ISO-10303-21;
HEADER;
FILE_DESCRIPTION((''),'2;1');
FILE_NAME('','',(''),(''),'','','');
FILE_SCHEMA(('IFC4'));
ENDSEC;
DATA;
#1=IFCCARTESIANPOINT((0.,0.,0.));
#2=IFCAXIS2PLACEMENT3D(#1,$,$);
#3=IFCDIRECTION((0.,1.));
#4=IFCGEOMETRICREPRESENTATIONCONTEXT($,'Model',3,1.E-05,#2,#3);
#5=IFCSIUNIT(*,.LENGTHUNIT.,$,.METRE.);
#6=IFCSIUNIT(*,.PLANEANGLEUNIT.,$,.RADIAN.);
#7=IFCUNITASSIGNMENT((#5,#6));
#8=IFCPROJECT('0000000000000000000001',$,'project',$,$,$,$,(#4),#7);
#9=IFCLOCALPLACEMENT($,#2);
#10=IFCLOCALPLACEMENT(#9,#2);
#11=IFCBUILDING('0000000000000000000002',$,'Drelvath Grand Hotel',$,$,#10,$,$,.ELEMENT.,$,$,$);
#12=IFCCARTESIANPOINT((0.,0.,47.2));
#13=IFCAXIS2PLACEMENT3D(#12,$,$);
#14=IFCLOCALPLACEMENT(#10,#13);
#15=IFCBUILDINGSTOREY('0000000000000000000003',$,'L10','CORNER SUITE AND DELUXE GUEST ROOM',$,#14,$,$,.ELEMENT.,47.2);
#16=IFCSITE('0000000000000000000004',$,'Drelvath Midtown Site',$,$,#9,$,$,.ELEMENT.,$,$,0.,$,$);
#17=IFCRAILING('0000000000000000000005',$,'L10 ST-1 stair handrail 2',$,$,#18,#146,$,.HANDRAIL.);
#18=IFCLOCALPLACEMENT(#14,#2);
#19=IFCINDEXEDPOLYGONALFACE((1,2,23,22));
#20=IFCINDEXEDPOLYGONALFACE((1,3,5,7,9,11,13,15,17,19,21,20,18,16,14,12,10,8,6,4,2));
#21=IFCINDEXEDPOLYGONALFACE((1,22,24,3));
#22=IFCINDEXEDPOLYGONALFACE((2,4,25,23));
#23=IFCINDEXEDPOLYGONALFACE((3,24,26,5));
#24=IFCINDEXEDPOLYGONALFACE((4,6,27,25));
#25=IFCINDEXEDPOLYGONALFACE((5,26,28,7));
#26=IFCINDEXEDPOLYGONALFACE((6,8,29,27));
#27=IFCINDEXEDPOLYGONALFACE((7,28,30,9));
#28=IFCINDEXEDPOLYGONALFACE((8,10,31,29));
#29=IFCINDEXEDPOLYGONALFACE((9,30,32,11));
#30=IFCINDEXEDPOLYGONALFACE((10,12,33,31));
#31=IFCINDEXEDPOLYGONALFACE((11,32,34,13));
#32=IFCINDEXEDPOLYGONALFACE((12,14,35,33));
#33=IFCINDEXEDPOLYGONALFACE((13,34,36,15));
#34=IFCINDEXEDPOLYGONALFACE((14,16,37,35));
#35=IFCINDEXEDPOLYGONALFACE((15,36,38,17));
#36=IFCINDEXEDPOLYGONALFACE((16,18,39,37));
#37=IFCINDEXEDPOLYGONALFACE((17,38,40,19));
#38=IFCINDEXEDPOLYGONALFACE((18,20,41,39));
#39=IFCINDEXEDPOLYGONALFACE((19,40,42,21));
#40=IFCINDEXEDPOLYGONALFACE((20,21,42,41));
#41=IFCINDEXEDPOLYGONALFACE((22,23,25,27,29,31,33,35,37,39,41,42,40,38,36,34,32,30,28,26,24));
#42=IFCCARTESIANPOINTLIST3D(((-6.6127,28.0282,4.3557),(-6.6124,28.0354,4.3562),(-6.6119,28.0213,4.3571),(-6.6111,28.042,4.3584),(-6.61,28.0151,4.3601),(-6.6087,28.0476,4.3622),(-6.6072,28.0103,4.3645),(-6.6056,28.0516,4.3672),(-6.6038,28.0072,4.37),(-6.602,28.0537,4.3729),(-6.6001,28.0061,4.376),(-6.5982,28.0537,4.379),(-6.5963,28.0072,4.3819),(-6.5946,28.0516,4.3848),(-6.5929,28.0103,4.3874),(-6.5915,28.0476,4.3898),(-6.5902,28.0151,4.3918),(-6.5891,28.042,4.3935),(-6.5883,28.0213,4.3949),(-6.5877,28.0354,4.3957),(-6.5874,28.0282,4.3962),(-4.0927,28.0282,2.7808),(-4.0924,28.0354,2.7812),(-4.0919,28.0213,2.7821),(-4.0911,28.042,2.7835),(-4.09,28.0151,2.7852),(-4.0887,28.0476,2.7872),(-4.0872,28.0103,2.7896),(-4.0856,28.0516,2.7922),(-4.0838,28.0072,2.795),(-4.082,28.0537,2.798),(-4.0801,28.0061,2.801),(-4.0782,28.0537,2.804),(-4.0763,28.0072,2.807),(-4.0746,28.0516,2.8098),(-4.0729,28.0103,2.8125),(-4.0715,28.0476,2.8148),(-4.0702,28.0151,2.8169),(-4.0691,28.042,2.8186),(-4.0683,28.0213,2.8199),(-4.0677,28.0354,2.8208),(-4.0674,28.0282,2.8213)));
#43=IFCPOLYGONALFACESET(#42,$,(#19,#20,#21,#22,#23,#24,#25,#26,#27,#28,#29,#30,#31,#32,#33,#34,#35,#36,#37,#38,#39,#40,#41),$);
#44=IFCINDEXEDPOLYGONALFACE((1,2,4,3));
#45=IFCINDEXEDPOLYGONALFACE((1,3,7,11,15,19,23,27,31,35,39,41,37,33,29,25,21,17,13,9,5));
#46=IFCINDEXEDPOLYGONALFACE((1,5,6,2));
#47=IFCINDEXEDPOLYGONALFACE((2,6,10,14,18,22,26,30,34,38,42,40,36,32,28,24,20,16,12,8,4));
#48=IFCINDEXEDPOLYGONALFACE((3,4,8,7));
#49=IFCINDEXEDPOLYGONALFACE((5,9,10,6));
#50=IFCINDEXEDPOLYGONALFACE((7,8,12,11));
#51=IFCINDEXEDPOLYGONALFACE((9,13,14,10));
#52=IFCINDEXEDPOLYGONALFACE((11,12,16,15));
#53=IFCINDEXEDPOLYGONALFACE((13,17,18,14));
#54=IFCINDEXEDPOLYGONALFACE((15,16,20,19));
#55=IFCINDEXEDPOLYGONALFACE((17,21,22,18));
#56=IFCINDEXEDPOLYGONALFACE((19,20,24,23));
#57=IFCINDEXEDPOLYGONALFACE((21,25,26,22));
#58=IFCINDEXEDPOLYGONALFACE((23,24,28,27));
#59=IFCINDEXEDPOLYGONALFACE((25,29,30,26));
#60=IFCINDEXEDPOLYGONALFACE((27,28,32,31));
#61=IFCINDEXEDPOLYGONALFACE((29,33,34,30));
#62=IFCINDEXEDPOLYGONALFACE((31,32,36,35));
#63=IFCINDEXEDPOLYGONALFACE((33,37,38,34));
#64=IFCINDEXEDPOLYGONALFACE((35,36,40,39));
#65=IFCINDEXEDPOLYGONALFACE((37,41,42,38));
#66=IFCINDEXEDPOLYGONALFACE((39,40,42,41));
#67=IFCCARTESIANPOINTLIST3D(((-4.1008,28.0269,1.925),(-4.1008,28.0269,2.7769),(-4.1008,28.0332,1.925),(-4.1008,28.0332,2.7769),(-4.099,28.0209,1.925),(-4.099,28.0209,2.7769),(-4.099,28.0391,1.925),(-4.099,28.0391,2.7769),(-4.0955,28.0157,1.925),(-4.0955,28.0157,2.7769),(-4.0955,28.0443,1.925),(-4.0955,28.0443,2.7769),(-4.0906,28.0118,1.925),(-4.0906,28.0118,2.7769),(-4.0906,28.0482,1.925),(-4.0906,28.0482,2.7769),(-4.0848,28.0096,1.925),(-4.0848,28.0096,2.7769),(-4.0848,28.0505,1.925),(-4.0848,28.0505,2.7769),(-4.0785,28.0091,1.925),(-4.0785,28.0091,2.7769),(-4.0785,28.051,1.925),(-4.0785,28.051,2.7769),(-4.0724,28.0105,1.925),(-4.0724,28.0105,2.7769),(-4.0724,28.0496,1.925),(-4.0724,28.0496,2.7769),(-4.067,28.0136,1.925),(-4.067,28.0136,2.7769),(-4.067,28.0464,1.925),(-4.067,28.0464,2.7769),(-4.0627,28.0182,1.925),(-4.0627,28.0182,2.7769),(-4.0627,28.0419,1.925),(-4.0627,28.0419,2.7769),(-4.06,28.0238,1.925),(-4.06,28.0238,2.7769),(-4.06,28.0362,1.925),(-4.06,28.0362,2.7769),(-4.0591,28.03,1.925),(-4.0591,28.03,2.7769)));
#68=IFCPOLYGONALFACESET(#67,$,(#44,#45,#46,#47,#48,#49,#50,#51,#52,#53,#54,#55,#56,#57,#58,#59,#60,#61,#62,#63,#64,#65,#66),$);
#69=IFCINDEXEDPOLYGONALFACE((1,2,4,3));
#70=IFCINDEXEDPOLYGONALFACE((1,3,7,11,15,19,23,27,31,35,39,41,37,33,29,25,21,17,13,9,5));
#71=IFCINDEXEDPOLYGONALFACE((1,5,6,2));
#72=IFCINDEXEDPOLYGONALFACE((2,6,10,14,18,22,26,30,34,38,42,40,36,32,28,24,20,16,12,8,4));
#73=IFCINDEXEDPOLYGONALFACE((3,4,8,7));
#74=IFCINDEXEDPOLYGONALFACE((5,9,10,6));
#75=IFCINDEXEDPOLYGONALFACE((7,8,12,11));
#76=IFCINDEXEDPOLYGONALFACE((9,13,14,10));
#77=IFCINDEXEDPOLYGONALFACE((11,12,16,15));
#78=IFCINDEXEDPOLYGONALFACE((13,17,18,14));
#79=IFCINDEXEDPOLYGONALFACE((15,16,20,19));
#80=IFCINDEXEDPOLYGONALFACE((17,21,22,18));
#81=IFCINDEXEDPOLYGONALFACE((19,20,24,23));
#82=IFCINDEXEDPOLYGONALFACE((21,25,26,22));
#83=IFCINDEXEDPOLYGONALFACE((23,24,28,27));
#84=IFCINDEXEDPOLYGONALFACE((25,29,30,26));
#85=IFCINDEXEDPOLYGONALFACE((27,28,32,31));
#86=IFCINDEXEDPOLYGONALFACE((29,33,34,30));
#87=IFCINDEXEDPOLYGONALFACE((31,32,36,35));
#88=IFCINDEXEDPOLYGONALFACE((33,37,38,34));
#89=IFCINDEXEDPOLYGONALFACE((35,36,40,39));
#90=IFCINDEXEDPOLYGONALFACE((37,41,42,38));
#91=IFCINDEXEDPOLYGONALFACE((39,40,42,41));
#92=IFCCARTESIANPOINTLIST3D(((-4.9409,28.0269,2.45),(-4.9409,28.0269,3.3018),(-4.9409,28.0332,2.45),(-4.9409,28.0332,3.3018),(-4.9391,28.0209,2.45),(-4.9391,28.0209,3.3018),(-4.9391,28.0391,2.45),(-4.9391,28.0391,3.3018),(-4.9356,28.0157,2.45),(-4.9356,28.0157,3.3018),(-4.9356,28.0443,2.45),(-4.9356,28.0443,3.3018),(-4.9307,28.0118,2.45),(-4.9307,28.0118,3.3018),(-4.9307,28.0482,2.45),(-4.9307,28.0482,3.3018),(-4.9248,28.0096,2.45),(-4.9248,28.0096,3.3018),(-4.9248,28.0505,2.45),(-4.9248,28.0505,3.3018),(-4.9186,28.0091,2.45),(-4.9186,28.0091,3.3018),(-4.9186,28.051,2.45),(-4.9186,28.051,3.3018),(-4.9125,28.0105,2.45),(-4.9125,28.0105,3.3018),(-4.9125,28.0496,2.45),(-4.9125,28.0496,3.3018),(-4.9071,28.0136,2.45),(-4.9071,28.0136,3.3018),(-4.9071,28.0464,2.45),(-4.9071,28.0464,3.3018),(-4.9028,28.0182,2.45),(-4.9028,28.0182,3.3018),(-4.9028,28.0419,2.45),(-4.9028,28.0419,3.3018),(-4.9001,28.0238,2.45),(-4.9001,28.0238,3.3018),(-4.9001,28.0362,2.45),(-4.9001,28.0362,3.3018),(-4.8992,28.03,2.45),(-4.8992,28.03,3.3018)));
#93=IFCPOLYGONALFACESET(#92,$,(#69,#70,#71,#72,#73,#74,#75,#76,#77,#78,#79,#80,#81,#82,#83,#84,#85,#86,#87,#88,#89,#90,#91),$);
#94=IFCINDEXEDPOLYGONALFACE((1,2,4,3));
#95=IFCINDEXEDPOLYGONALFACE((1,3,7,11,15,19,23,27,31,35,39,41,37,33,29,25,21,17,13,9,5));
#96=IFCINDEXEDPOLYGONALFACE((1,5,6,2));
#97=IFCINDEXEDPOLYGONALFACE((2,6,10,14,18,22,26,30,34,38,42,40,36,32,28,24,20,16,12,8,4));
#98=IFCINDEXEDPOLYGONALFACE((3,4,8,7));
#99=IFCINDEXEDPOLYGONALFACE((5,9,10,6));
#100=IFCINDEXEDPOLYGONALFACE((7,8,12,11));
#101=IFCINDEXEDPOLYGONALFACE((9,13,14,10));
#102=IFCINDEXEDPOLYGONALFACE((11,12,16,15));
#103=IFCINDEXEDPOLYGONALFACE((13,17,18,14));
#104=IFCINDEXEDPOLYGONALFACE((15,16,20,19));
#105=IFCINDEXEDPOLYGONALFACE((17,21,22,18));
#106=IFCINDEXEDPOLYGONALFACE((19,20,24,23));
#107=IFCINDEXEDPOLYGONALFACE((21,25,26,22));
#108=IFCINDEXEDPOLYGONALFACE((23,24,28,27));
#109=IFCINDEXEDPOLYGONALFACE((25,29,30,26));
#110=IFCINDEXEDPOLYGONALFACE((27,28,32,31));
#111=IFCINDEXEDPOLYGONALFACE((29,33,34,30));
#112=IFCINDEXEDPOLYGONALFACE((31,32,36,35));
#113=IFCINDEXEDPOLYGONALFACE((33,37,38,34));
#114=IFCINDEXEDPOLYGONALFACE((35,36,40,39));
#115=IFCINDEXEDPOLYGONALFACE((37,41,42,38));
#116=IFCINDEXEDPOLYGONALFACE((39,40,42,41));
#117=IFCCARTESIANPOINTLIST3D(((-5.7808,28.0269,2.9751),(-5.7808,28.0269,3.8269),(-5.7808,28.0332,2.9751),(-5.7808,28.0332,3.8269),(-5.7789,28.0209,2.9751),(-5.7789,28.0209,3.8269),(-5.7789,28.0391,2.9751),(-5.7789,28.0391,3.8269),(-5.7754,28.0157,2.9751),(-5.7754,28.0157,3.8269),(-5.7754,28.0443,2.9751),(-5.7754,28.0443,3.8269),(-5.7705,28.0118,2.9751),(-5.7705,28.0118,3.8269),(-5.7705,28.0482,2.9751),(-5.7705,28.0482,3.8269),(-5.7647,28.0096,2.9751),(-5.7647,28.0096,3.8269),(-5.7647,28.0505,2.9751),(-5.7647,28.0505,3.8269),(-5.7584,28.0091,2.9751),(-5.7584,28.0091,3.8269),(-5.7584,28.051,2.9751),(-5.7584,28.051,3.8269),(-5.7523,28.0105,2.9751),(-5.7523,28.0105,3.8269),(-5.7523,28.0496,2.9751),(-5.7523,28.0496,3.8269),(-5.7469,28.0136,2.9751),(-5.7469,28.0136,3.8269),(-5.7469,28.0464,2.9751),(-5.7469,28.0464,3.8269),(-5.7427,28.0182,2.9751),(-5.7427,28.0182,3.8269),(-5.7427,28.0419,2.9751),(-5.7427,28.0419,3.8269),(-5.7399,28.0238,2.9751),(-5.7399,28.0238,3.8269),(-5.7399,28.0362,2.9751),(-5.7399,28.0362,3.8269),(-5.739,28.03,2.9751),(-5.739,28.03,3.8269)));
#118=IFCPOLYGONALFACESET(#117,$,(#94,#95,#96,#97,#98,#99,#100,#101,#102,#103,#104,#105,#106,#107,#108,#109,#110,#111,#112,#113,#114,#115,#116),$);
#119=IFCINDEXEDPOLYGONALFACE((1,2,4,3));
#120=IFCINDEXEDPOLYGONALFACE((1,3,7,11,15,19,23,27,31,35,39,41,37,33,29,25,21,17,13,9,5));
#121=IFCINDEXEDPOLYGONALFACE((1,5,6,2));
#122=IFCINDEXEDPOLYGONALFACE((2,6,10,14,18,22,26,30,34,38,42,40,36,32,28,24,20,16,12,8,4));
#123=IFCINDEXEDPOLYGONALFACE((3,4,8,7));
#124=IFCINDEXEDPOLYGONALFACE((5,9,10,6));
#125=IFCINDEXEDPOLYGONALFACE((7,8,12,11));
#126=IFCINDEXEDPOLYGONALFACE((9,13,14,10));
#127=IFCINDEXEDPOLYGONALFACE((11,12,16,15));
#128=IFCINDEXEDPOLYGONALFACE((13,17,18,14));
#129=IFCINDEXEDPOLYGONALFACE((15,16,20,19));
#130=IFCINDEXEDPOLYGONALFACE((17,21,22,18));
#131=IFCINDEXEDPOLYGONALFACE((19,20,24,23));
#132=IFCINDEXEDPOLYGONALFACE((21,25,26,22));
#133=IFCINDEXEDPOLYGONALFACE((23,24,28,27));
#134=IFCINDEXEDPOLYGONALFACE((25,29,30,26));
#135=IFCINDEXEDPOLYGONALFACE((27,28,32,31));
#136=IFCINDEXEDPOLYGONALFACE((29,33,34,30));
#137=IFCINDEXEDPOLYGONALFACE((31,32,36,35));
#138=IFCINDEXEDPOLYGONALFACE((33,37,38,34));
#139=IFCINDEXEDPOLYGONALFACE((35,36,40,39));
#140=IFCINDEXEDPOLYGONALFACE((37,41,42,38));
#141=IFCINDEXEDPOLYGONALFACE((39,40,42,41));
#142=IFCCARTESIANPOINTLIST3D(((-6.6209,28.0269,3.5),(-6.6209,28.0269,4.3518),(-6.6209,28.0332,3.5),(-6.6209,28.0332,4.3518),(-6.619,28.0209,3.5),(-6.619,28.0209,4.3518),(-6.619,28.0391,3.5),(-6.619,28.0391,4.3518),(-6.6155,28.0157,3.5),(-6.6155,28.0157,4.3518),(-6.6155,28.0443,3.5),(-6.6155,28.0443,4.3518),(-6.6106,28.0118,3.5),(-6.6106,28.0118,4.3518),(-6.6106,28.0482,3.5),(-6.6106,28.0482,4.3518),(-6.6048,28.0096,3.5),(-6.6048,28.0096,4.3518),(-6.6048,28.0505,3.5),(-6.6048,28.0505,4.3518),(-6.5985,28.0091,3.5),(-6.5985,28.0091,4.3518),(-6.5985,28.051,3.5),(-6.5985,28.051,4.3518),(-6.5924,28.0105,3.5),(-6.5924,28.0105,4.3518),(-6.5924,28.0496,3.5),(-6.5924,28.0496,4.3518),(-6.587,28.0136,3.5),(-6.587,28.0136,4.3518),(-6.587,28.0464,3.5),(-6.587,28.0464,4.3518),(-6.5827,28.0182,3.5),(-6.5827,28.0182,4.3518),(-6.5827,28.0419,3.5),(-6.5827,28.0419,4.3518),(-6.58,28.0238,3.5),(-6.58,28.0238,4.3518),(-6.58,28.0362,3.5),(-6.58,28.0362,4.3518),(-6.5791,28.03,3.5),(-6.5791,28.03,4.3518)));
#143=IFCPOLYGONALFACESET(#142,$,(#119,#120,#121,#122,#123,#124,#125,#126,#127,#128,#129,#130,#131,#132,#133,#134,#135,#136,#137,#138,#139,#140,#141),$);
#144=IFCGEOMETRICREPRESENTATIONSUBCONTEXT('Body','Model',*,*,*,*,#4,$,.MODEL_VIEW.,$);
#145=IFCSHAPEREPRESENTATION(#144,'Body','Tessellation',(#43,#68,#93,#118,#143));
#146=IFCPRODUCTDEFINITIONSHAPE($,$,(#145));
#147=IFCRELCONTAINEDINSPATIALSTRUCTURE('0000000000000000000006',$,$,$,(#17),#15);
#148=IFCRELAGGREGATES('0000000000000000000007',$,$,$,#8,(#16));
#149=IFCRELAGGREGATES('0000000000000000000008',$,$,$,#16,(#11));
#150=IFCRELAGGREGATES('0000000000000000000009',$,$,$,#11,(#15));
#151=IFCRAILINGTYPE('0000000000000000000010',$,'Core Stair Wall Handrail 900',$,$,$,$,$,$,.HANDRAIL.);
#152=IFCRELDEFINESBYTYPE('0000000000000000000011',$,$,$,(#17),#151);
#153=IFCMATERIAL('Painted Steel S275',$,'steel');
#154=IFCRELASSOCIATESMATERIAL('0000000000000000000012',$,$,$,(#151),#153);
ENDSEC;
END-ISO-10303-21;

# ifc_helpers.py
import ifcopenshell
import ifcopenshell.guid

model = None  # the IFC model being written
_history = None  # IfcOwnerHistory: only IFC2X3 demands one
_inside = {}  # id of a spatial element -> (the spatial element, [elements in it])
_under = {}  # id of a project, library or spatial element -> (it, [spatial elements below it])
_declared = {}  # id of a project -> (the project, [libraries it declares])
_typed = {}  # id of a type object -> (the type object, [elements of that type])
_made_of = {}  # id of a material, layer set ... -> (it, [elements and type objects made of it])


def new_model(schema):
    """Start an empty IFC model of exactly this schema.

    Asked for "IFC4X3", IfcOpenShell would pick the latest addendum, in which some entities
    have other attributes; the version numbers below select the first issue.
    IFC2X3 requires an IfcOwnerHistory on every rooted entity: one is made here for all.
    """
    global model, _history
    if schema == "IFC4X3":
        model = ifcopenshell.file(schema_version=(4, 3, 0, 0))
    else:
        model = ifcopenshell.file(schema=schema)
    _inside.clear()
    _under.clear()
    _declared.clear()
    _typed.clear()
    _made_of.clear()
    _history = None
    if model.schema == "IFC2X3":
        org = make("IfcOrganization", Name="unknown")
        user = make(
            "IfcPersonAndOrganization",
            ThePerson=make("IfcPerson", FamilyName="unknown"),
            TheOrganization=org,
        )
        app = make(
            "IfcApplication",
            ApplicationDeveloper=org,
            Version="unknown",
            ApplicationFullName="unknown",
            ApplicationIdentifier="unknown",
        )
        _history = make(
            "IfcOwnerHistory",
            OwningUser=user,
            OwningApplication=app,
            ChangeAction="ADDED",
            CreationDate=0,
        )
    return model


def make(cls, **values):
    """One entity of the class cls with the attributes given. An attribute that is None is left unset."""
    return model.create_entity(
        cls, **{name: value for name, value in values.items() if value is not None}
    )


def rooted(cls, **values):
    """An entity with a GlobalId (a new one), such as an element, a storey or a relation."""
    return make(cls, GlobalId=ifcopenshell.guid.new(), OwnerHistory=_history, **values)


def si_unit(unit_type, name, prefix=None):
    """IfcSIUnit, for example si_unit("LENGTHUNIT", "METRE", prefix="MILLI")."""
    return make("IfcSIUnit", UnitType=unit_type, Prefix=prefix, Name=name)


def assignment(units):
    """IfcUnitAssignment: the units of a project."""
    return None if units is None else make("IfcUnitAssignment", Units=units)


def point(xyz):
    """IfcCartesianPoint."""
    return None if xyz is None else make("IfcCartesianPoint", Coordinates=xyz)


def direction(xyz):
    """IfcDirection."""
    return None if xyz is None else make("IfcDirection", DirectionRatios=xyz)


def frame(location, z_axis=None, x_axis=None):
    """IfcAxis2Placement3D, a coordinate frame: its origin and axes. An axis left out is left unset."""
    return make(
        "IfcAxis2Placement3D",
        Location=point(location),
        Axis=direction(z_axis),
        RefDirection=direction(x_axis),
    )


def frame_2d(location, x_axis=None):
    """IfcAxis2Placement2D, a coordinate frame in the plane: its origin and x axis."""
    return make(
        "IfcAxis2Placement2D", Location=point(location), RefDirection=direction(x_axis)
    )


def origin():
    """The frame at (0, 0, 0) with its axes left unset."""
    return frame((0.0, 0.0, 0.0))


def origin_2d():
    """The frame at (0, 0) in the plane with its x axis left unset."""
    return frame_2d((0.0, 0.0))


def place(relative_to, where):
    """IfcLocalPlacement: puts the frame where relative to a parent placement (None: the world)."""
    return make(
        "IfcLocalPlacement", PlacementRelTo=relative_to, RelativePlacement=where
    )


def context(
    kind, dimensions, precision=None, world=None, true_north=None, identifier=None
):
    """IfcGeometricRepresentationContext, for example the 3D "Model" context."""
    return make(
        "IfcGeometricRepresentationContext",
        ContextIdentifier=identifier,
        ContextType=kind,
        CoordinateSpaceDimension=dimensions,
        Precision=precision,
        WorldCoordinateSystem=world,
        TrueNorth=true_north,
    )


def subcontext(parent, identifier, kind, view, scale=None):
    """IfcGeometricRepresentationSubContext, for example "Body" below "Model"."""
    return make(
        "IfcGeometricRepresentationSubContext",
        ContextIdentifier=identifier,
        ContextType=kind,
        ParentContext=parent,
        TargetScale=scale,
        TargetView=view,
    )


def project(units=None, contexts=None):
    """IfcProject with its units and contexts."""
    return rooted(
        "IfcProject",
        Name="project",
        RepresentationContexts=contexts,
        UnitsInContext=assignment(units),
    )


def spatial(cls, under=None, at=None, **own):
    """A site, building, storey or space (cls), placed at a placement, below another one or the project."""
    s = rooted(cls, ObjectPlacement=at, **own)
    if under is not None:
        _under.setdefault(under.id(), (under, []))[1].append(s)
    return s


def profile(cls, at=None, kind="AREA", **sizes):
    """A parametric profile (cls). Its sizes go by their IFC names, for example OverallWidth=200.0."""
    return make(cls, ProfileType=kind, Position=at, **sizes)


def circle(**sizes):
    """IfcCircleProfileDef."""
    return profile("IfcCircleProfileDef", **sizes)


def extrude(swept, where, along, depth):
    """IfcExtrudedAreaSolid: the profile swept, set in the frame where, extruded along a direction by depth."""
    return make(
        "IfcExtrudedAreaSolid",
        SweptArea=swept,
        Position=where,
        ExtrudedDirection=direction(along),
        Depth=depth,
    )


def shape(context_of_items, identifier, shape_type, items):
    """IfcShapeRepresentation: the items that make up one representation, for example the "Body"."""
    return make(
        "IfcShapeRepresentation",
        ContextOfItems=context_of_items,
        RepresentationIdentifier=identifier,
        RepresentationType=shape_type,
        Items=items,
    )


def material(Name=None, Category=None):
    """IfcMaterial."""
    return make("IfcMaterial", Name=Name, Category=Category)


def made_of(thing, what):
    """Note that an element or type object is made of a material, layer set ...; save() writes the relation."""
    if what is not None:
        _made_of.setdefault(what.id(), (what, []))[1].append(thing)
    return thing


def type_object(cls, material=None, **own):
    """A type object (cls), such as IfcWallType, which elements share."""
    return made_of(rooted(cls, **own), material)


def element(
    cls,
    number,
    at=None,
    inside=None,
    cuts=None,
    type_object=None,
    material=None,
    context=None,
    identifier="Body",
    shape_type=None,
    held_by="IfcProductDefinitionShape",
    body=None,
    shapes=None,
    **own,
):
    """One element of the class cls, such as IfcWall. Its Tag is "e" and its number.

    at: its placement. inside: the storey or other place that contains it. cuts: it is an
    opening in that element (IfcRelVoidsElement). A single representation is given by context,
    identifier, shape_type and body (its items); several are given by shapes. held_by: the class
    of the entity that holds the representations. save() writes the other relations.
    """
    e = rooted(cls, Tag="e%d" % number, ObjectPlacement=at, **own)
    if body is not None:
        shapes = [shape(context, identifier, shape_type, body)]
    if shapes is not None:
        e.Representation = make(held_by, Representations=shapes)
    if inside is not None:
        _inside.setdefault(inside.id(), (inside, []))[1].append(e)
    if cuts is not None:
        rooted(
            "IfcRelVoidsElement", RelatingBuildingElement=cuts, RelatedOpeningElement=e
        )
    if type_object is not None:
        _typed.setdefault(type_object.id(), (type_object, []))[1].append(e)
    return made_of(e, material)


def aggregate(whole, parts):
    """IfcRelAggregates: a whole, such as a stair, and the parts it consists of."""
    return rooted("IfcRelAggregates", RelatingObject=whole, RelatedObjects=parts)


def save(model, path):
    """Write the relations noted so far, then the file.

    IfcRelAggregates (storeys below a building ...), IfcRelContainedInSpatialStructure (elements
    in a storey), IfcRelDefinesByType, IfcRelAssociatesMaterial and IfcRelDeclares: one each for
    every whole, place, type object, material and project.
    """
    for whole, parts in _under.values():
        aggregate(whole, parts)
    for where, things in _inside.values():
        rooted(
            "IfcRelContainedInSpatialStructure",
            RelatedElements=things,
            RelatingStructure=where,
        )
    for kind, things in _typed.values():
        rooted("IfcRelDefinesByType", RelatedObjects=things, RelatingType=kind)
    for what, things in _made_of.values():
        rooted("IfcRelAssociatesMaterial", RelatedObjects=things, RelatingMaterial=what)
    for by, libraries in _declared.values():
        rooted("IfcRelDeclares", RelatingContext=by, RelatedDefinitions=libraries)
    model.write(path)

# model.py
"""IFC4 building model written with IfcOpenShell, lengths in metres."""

from ifc_helpers import new_model, si_unit, direction, frame, origin, origin_2d, place, context, subcontext, project, spatial, circle, extrude, material, type_object, element, save


model = new_model("IFC4")

# Units and contexts
model_context = context("Model", 3, precision=1e-05, world=origin(), true_north=direction((0.0, 1.0)))
body_context = subcontext(model_context, "Body", "Model", "MODEL_VIEW")
ifc_project = project(units=[si_unit("LENGTHUNIT", "METRE"), si_unit("PLANEANGLEUNIT", "RADIAN")], contexts=[model_context])

# Site, building, storey
site_placement = place(None, origin())
site = spatial("IfcSite", under=ifc_project, at=site_placement, Name="Drelvath Midtown Site", CompositionType="ELEMENT", RefElevation=0.0)
building_placement = place(site_placement, origin())
building = spatial("IfcBuilding", under=site, at=building_placement, Name="Drelvath Grand Hotel", CompositionType="ELEMENT")
storey_placement = place(building_placement, frame((0.0, 0.0, 47.2)))
storey = spatial("IfcBuildingStorey", under=building, at=storey_placement, Name="L10", Description="CORNER SUITE AND DELUXE GUEST ROOM", CompositionType="ELEMENT", Elevation=47.2)

# Shared definitions
ifc_material_1 = material(Name="Painted Steel S275", Category="steel")

# Railing
railing_type_1 = type_object("IfcRailingType", Name="Core Stair Wall Handrail 900", PredefinedType="HANDRAIL", material=ifc_material_1)
railing_1_placement = place(storey_placement, frame((-4.0801, 28.03, 1.925)))
element("IfcRailing", 1, at=railing_1_placement, inside=storey, type_object=railing_type_1, Name="L10 ST-1 stair handrail 2", PredefinedType="HANDRAIL", context=body_context, shape_type="SweptSolid", body=[
    extrude(circle(Radius=0.0239, at=origin_2d()), frame((0.0, 0.0, 0.876), z_axis=(-0.848008, 0.0, 0.529984), x_axis=(0.0, -1.0, 0.0)), (0.0, 0.0, 1.0), 2.9717),
    extrude(circle(Radius=0.021, at=origin_2d()), origin(), (0.0, 0.0, 1.0), 0.8518),
    extrude(circle(Radius=0.021, at=origin_2d()), frame((-0.8401, 0.0, 0.5249)), (0.0, 0.0, 1.0), 0.8518),
    extrude(circle(Radius=0.021, at=origin_2d()), frame((-1.6799, 0.0, 1.05)), (0.0, 0.0, 1.0), 0.8518),
    extrude(circle(Radius=0.021, at=origin_2d()), frame((-2.52, 0.0, 1.575)), (0.0, 0.0, 1.0), 0.8518),
])

save(model, "model.ifc")
